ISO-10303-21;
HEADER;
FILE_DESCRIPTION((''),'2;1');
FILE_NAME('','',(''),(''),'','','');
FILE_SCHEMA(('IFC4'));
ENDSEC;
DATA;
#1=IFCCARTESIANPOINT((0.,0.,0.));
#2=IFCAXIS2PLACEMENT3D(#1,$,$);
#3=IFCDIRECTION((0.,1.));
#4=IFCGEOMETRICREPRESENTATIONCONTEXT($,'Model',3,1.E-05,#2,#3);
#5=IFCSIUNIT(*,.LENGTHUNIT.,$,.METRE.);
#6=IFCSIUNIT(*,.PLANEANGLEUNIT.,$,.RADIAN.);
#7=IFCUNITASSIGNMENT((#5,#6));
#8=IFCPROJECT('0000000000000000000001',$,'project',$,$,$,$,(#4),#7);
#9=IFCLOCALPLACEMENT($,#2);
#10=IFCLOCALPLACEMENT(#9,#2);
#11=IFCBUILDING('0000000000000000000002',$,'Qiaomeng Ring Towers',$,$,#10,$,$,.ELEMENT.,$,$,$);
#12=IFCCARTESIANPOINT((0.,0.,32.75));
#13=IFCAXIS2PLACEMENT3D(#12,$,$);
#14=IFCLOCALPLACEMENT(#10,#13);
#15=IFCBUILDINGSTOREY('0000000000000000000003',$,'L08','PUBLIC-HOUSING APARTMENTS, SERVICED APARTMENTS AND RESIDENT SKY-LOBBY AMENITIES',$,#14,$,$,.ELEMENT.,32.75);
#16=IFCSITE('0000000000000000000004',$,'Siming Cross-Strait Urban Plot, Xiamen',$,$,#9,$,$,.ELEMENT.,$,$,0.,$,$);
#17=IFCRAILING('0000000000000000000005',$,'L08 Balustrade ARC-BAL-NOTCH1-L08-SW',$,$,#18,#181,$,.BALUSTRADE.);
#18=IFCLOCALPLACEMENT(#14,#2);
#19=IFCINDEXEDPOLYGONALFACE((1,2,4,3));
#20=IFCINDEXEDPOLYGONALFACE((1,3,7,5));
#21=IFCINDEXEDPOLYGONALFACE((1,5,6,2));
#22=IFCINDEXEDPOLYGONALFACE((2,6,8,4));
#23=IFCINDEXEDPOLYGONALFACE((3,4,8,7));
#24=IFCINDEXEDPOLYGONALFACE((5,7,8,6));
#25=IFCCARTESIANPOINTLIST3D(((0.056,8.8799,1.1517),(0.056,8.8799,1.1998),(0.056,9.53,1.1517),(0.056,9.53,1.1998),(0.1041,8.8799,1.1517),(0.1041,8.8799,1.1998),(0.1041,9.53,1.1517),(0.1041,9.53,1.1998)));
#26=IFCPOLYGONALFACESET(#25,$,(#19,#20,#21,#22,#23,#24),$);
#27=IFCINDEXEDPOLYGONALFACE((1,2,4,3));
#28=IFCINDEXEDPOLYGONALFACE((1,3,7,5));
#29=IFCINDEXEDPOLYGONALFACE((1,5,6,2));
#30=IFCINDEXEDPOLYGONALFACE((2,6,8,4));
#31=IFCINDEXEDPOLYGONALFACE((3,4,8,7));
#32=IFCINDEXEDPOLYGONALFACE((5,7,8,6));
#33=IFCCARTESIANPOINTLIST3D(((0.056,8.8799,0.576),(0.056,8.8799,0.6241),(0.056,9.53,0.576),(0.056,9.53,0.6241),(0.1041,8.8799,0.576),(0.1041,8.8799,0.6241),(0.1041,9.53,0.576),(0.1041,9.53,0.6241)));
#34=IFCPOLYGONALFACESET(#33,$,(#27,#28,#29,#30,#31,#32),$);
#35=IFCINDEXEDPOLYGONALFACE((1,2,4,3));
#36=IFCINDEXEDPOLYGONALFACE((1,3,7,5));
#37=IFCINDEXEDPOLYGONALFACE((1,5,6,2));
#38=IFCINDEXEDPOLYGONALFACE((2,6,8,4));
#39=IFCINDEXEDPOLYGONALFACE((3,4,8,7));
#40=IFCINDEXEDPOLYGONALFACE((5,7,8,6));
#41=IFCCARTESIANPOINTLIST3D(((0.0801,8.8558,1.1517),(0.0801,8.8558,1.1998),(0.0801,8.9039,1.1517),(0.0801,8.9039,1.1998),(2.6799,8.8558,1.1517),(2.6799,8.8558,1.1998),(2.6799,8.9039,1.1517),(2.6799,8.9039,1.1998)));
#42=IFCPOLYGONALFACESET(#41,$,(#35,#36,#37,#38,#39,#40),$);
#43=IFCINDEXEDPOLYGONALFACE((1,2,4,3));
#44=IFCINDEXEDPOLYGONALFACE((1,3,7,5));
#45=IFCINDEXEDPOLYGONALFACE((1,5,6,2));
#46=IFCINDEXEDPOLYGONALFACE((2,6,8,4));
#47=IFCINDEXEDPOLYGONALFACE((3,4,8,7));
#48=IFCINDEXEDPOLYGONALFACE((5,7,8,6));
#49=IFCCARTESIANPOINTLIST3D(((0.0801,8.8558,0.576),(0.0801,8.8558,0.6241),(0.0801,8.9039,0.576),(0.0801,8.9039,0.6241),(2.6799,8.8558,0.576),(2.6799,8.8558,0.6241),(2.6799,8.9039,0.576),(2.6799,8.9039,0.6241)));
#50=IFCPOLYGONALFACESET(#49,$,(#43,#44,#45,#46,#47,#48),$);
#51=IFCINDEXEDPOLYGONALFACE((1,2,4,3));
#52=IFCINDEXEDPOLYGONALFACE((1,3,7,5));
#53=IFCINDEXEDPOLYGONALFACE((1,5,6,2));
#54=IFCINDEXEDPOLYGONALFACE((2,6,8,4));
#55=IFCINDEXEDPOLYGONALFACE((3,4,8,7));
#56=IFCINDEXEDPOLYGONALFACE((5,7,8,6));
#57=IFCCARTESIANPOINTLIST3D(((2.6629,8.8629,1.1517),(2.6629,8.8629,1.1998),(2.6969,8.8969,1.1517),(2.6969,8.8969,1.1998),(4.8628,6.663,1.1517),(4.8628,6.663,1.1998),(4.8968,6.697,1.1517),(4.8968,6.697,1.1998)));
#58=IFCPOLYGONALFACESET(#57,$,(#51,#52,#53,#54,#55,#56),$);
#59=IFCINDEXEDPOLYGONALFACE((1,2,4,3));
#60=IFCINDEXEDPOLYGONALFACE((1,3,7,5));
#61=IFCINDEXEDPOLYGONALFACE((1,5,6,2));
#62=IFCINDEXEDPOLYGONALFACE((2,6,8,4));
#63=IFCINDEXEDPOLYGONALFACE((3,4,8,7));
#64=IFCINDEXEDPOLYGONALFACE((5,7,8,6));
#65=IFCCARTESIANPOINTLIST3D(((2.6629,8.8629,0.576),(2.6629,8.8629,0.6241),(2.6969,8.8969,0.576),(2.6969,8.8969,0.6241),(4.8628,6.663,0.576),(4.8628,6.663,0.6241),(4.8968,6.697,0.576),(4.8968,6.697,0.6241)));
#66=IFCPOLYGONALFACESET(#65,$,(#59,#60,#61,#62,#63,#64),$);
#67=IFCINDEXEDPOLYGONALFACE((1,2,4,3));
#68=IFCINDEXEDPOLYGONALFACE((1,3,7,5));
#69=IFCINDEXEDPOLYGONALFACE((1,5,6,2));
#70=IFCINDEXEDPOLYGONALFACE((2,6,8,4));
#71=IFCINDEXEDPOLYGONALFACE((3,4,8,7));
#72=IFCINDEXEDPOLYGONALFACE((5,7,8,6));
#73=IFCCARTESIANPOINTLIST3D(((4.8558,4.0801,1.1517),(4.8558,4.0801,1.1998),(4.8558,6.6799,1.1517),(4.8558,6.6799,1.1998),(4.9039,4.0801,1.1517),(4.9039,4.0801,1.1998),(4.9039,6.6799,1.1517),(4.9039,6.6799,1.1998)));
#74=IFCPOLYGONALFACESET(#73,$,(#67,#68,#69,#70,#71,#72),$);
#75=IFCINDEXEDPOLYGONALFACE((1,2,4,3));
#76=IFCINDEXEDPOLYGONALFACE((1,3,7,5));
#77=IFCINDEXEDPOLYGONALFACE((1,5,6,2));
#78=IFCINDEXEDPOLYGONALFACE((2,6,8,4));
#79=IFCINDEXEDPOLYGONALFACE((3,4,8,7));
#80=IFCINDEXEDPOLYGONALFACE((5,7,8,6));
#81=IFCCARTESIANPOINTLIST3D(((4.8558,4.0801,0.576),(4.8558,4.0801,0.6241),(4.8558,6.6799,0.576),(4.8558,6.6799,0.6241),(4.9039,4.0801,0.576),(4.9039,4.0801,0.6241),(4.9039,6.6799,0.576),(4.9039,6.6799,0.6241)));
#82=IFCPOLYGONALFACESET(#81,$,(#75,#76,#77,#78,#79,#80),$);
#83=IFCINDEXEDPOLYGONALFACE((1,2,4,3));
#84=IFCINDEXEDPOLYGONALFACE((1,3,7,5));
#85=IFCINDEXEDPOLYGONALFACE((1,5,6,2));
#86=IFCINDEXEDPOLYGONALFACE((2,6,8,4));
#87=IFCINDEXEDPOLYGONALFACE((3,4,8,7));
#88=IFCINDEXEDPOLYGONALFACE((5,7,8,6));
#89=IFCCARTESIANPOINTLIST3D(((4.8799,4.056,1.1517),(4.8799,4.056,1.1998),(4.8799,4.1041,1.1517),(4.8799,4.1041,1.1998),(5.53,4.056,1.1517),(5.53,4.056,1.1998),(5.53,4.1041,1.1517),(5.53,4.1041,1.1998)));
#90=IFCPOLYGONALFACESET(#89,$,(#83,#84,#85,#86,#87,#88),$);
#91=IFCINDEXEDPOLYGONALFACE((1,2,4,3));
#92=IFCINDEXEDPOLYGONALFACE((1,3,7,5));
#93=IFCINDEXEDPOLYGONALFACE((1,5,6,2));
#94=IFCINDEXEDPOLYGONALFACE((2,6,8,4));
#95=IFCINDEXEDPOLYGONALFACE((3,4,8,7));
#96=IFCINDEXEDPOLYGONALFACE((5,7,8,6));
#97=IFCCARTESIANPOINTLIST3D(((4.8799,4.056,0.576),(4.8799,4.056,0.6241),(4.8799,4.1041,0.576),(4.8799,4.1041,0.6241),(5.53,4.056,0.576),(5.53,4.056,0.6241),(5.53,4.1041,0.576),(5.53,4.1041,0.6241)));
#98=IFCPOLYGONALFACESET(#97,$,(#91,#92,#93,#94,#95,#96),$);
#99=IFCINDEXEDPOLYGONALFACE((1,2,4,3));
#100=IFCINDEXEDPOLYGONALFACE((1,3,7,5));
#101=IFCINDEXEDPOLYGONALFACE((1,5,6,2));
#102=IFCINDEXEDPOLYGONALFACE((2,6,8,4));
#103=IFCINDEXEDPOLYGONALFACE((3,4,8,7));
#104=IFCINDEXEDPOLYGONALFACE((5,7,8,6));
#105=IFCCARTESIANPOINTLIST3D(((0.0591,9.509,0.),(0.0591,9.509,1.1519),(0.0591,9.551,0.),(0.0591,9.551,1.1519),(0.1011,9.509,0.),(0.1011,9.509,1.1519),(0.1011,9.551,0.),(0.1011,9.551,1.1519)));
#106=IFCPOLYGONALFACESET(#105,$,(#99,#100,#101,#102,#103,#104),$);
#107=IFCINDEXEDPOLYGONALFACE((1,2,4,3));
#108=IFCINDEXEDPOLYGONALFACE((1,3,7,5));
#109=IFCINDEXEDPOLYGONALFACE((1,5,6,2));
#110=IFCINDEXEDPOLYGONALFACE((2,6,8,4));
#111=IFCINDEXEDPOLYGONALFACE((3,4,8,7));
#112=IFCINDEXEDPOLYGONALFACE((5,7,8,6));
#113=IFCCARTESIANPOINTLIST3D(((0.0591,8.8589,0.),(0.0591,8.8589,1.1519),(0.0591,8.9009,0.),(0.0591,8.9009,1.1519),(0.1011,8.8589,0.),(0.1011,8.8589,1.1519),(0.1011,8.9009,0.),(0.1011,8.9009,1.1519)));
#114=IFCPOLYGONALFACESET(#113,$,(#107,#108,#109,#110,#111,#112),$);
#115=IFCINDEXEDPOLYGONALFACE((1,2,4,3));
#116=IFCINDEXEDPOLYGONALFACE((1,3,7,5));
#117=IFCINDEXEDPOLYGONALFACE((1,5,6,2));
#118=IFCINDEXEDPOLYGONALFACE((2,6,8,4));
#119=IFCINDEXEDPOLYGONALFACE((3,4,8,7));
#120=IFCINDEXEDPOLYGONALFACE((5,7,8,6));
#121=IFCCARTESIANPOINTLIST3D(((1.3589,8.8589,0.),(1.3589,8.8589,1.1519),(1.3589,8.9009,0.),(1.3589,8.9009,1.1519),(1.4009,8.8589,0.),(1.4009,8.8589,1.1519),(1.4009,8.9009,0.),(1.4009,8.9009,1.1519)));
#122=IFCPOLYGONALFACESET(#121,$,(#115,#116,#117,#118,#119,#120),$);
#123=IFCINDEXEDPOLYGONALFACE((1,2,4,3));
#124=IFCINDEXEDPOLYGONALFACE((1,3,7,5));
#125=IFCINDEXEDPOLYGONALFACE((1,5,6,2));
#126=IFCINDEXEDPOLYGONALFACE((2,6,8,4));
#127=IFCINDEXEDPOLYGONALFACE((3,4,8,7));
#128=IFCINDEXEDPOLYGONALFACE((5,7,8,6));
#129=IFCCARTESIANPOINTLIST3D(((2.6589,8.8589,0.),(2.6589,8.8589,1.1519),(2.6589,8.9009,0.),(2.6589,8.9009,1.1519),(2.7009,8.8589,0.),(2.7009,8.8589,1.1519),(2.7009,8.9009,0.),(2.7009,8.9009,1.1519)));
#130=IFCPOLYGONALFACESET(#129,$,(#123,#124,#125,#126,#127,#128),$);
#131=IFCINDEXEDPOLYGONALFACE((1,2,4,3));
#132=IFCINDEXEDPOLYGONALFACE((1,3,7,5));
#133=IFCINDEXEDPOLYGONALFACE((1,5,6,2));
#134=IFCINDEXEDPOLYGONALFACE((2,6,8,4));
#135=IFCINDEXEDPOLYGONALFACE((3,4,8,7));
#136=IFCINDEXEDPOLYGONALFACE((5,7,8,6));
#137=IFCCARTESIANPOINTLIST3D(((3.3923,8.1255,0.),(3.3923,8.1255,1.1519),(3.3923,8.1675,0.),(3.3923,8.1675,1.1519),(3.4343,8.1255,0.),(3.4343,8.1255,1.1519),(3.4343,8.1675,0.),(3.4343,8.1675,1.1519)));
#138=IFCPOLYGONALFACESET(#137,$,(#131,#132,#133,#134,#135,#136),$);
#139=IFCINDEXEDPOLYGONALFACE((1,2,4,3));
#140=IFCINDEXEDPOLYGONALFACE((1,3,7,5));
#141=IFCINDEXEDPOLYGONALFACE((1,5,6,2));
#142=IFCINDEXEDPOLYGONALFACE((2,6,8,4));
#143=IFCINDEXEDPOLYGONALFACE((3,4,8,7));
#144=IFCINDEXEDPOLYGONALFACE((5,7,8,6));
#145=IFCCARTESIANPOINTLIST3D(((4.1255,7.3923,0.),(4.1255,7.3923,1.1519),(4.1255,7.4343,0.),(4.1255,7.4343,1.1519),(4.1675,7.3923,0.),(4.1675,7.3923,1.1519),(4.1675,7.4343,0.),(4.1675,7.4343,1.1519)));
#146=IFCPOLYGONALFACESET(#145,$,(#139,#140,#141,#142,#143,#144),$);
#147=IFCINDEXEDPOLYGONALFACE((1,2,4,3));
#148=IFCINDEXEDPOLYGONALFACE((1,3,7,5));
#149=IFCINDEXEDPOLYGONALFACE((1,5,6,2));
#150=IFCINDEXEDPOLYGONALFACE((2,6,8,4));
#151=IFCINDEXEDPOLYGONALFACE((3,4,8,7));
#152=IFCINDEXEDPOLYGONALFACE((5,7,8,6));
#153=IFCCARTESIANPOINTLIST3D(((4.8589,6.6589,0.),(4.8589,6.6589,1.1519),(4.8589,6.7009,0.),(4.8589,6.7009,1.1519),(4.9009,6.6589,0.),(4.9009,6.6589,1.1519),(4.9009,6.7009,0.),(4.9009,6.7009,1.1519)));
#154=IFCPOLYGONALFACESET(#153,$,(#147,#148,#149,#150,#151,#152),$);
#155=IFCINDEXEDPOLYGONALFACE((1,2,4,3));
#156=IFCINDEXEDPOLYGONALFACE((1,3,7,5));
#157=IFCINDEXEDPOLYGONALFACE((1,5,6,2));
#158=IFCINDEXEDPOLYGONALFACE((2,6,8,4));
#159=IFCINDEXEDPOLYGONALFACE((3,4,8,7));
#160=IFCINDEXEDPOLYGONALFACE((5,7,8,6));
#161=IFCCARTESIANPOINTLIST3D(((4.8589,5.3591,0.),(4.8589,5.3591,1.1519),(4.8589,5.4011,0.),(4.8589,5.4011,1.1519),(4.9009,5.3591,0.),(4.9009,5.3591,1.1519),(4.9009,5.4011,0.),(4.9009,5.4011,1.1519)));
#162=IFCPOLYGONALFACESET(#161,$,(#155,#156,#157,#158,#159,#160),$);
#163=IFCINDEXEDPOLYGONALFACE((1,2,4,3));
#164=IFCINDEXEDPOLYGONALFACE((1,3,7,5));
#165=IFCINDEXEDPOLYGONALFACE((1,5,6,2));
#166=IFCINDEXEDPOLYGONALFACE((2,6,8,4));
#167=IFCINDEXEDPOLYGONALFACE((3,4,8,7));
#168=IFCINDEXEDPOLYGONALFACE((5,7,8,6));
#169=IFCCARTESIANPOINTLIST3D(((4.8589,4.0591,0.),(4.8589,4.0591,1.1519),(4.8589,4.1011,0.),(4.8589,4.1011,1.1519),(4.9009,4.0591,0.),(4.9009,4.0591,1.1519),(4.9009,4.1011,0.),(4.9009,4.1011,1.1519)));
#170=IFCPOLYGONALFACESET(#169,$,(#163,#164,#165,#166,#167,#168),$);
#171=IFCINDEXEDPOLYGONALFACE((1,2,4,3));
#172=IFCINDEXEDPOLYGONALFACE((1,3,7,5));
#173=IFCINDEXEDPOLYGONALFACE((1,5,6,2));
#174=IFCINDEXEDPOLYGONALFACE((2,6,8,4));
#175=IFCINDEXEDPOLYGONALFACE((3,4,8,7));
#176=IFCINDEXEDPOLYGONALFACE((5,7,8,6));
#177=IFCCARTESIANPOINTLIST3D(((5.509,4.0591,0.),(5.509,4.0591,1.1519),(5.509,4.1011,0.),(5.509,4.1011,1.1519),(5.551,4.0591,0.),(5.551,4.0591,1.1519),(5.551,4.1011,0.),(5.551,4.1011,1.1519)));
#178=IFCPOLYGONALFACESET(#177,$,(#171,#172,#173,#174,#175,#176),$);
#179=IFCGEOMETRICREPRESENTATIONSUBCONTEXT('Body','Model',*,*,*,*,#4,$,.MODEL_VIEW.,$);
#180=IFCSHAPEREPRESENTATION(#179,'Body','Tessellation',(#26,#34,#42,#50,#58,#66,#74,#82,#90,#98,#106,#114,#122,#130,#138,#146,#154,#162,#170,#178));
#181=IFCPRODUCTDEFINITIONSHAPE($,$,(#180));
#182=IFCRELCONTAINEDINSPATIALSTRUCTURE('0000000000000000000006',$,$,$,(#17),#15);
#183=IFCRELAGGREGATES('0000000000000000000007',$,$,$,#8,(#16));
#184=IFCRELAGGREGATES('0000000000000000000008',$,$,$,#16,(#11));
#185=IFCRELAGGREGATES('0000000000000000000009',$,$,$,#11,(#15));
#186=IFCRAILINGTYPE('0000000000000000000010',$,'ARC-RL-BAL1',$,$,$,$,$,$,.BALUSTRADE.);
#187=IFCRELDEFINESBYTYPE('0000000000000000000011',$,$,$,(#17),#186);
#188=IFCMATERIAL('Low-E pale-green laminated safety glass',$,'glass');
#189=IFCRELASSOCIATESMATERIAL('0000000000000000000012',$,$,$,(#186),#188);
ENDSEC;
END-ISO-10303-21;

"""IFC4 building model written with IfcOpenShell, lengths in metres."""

from ifc_helpers import new_model, si_unit, direction, frame, origin, origin_2d, place, context, subcontext, project, spatial, rectangle, extrude, material, type_object, element, save


model = new_model("IFC4")

# Units and contexts
model_context = context("Model", 3, precision=1e-05, world=origin(), true_north=direction((0.0, 1.0)))
body_context = subcontext(model_context, "Body", "Model", "MODEL_VIEW")
ifc_project = project(units=[si_unit("LENGTHUNIT", "METRE"), si_unit("PLANEANGLEUNIT", "RADIAN")], contexts=[model_context])

# Site, building, storey
site_placement = place(None, origin())
site = spatial("IfcSite", under=ifc_project, at=site_placement, Name="Siming Cross-Strait Urban Plot, Xiamen", CompositionType="ELEMENT", RefElevation=0.0)
building_placement = place(site_placement, origin())
building = spatial("IfcBuilding", under=site, at=building_placement, Name="Qiaomeng Ring Towers", CompositionType="ELEMENT")
storey_placement = place(building_placement, frame((0.0, 0.0, 32.75)))
storey = spatial("IfcBuildingStorey", under=building, at=storey_placement, Name="L08", Description="PUBLIC-HOUSING APARTMENTS, SERVICED APARTMENTS AND RESIDENT SKY-LOBBY AMENITIES", CompositionType="ELEMENT", Elevation=32.75)

# Railing
ifc_material_1 = material(Name="Low-E pale-green laminated safety glass", Category="glass")
railing_type = type_object("IfcRailingType", Name="ARC-RL-BAL1", PredefinedType="BALUSTRADE", material=ifc_material_1)
railing_1_placement = place(storey_placement, frame((0.0801, 9.53, 0.0)))
element("IfcRailing", 1, at=railing_1_placement, inside=storey, type_object=railing_type, Name="L08 Balustrade ARC-BAL-NOTCH1-L08-SW", PredefinedType="BALUSTRADE", context=body_context, shape_type="SweptSolid", body=[
    extrude(rectangle(XDim=0.0481, YDim=0.0481, at=origin_2d()), frame((0.0, 0.0, 1.1758), z_axis=(0.0, -1.0, 0.0), x_axis=(1.0, 0.0, 0.0)), (0.0, 0.0, 1.0), 0.6501),
    extrude(rectangle(XDim=0.0481, YDim=0.0481, at=origin_2d()), frame((0.0, 0.0, 0.6001), z_axis=(0.0, -1.0, 0.0), x_axis=(1.0, 0.0, 0.0)), (0.0, 0.0, 1.0), 0.6501),
    extrude(rectangle(XDim=0.0481, YDim=0.0481, at=origin_2d()), frame((0.0, -0.6501, 1.1758), z_axis=(1.0, 0.0, 0.0), x_axis=(0.0, 1.0, 0.0)), (0.0, 0.0, 1.0), 2.5999),
    extrude(rectangle(XDim=0.0481, YDim=0.0481, at=origin_2d()), frame((0.0, -0.6501, 0.6001), z_axis=(1.0, 0.0, 0.0), x_axis=(0.0, 1.0, 0.0)), (0.0, 0.0, 1.0), 2.5999),
    extrude(rectangle(XDim=0.0481, YDim=0.0481, at=origin_2d()), frame((2.5999, -0.6501, 1.1758), z_axis=(0.707107, -0.707107, 0.0), x_axis=(0.707107, 0.707107, 0.0)), (0.0, 0.0, 1.0), 3.1111),
    extrude(rectangle(XDim=0.0481, YDim=0.0481, at=origin_2d()), frame((2.5999, -0.6501, 0.6001), z_axis=(0.707107, -0.707107, 0.0), x_axis=(0.707107, 0.707107, 0.0)), (0.0, 0.0, 1.0), 3.1111),
    extrude(rectangle(XDim=0.0481, YDim=0.0481, at=origin_2d()), frame((4.7998, -2.8501, 1.1758), z_axis=(0.0, -1.0, 0.0), x_axis=(1.0, 0.0, 0.0)), (0.0, 0.0, 1.0), 2.5999),
    extrude(rectangle(XDim=0.0481, YDim=0.0481, at=origin_2d()), frame((4.7998, -2.8501, 0.6001), z_axis=(0.0, -1.0, 0.0), x_axis=(1.0, 0.0, 0.0)), (0.0, 0.0, 1.0), 2.5999),
    extrude(rectangle(XDim=0.0481, YDim=0.0481, at=origin_2d()), frame((4.7998, -5.45, 1.1758), z_axis=(1.0, 0.0, 0.0), x_axis=(0.0, 1.0, 0.0)), (0.0, 0.0, 1.0), 0.6501),
    extrude(rectangle(XDim=0.0481, YDim=0.0481, at=origin_2d()), frame((4.7998, -5.45, 0.6001), z_axis=(1.0, 0.0, 0.0), x_axis=(0.0, 1.0, 0.0)), (0.0, 0.0, 1.0), 0.6501),
    extrude(rectangle(XDim=0.042, YDim=0.042, at=origin_2d()), origin(), (0.0, 0.0, 1.0), 1.1519),
    extrude(rectangle(XDim=0.042, YDim=0.042, at=origin_2d()), frame((0.0, -0.6501, 0.0)), (0.0, 0.0, 1.0), 1.1519),
    extrude(rectangle(XDim=0.042, YDim=0.042, at=origin_2d()), frame((1.2998, -0.6501, 0.0)), (0.0, 0.0, 1.0), 1.1519),
    extrude(rectangle(XDim=0.042, YDim=0.042, at=origin_2d()), frame((2.5999, -0.6501, 0.0)), (0.0, 0.0, 1.0), 1.1519),
    extrude(rectangle(XDim=0.042, YDim=0.042, at=origin_2d()), frame((3.3333, -1.3835, 0.0)), (0.0, 0.0, 1.0), 1.1519),
    extrude(rectangle(XDim=0.042, YDim=0.042, at=origin_2d()), frame((4.0664, -2.1167, 0.0)), (0.0, 0.0, 1.0), 1.1519),
    extrude(rectangle(XDim=0.042, YDim=0.042, at=origin_2d()), frame((4.7998, -2.8501, 0.0)), (0.0, 0.0, 1.0), 1.1519),
    extrude(rectangle(XDim=0.042, YDim=0.042, at=origin_2d()), frame((4.7998, -4.1499, 0.0)), (0.0, 0.0, 1.0), 1.1519),
    extrude(rectangle(XDim=0.042, YDim=0.042, at=origin_2d()), frame((4.7998, -5.45, 0.0)), (0.0, 0.0, 1.0), 1.1519),
    extrude(rectangle(XDim=0.042, YDim=0.042, at=origin_2d()), frame((5.45, -5.45, 0.0)), (0.0, 0.0, 1.0), 1.1519),
])

save(model, "model.ifc")
